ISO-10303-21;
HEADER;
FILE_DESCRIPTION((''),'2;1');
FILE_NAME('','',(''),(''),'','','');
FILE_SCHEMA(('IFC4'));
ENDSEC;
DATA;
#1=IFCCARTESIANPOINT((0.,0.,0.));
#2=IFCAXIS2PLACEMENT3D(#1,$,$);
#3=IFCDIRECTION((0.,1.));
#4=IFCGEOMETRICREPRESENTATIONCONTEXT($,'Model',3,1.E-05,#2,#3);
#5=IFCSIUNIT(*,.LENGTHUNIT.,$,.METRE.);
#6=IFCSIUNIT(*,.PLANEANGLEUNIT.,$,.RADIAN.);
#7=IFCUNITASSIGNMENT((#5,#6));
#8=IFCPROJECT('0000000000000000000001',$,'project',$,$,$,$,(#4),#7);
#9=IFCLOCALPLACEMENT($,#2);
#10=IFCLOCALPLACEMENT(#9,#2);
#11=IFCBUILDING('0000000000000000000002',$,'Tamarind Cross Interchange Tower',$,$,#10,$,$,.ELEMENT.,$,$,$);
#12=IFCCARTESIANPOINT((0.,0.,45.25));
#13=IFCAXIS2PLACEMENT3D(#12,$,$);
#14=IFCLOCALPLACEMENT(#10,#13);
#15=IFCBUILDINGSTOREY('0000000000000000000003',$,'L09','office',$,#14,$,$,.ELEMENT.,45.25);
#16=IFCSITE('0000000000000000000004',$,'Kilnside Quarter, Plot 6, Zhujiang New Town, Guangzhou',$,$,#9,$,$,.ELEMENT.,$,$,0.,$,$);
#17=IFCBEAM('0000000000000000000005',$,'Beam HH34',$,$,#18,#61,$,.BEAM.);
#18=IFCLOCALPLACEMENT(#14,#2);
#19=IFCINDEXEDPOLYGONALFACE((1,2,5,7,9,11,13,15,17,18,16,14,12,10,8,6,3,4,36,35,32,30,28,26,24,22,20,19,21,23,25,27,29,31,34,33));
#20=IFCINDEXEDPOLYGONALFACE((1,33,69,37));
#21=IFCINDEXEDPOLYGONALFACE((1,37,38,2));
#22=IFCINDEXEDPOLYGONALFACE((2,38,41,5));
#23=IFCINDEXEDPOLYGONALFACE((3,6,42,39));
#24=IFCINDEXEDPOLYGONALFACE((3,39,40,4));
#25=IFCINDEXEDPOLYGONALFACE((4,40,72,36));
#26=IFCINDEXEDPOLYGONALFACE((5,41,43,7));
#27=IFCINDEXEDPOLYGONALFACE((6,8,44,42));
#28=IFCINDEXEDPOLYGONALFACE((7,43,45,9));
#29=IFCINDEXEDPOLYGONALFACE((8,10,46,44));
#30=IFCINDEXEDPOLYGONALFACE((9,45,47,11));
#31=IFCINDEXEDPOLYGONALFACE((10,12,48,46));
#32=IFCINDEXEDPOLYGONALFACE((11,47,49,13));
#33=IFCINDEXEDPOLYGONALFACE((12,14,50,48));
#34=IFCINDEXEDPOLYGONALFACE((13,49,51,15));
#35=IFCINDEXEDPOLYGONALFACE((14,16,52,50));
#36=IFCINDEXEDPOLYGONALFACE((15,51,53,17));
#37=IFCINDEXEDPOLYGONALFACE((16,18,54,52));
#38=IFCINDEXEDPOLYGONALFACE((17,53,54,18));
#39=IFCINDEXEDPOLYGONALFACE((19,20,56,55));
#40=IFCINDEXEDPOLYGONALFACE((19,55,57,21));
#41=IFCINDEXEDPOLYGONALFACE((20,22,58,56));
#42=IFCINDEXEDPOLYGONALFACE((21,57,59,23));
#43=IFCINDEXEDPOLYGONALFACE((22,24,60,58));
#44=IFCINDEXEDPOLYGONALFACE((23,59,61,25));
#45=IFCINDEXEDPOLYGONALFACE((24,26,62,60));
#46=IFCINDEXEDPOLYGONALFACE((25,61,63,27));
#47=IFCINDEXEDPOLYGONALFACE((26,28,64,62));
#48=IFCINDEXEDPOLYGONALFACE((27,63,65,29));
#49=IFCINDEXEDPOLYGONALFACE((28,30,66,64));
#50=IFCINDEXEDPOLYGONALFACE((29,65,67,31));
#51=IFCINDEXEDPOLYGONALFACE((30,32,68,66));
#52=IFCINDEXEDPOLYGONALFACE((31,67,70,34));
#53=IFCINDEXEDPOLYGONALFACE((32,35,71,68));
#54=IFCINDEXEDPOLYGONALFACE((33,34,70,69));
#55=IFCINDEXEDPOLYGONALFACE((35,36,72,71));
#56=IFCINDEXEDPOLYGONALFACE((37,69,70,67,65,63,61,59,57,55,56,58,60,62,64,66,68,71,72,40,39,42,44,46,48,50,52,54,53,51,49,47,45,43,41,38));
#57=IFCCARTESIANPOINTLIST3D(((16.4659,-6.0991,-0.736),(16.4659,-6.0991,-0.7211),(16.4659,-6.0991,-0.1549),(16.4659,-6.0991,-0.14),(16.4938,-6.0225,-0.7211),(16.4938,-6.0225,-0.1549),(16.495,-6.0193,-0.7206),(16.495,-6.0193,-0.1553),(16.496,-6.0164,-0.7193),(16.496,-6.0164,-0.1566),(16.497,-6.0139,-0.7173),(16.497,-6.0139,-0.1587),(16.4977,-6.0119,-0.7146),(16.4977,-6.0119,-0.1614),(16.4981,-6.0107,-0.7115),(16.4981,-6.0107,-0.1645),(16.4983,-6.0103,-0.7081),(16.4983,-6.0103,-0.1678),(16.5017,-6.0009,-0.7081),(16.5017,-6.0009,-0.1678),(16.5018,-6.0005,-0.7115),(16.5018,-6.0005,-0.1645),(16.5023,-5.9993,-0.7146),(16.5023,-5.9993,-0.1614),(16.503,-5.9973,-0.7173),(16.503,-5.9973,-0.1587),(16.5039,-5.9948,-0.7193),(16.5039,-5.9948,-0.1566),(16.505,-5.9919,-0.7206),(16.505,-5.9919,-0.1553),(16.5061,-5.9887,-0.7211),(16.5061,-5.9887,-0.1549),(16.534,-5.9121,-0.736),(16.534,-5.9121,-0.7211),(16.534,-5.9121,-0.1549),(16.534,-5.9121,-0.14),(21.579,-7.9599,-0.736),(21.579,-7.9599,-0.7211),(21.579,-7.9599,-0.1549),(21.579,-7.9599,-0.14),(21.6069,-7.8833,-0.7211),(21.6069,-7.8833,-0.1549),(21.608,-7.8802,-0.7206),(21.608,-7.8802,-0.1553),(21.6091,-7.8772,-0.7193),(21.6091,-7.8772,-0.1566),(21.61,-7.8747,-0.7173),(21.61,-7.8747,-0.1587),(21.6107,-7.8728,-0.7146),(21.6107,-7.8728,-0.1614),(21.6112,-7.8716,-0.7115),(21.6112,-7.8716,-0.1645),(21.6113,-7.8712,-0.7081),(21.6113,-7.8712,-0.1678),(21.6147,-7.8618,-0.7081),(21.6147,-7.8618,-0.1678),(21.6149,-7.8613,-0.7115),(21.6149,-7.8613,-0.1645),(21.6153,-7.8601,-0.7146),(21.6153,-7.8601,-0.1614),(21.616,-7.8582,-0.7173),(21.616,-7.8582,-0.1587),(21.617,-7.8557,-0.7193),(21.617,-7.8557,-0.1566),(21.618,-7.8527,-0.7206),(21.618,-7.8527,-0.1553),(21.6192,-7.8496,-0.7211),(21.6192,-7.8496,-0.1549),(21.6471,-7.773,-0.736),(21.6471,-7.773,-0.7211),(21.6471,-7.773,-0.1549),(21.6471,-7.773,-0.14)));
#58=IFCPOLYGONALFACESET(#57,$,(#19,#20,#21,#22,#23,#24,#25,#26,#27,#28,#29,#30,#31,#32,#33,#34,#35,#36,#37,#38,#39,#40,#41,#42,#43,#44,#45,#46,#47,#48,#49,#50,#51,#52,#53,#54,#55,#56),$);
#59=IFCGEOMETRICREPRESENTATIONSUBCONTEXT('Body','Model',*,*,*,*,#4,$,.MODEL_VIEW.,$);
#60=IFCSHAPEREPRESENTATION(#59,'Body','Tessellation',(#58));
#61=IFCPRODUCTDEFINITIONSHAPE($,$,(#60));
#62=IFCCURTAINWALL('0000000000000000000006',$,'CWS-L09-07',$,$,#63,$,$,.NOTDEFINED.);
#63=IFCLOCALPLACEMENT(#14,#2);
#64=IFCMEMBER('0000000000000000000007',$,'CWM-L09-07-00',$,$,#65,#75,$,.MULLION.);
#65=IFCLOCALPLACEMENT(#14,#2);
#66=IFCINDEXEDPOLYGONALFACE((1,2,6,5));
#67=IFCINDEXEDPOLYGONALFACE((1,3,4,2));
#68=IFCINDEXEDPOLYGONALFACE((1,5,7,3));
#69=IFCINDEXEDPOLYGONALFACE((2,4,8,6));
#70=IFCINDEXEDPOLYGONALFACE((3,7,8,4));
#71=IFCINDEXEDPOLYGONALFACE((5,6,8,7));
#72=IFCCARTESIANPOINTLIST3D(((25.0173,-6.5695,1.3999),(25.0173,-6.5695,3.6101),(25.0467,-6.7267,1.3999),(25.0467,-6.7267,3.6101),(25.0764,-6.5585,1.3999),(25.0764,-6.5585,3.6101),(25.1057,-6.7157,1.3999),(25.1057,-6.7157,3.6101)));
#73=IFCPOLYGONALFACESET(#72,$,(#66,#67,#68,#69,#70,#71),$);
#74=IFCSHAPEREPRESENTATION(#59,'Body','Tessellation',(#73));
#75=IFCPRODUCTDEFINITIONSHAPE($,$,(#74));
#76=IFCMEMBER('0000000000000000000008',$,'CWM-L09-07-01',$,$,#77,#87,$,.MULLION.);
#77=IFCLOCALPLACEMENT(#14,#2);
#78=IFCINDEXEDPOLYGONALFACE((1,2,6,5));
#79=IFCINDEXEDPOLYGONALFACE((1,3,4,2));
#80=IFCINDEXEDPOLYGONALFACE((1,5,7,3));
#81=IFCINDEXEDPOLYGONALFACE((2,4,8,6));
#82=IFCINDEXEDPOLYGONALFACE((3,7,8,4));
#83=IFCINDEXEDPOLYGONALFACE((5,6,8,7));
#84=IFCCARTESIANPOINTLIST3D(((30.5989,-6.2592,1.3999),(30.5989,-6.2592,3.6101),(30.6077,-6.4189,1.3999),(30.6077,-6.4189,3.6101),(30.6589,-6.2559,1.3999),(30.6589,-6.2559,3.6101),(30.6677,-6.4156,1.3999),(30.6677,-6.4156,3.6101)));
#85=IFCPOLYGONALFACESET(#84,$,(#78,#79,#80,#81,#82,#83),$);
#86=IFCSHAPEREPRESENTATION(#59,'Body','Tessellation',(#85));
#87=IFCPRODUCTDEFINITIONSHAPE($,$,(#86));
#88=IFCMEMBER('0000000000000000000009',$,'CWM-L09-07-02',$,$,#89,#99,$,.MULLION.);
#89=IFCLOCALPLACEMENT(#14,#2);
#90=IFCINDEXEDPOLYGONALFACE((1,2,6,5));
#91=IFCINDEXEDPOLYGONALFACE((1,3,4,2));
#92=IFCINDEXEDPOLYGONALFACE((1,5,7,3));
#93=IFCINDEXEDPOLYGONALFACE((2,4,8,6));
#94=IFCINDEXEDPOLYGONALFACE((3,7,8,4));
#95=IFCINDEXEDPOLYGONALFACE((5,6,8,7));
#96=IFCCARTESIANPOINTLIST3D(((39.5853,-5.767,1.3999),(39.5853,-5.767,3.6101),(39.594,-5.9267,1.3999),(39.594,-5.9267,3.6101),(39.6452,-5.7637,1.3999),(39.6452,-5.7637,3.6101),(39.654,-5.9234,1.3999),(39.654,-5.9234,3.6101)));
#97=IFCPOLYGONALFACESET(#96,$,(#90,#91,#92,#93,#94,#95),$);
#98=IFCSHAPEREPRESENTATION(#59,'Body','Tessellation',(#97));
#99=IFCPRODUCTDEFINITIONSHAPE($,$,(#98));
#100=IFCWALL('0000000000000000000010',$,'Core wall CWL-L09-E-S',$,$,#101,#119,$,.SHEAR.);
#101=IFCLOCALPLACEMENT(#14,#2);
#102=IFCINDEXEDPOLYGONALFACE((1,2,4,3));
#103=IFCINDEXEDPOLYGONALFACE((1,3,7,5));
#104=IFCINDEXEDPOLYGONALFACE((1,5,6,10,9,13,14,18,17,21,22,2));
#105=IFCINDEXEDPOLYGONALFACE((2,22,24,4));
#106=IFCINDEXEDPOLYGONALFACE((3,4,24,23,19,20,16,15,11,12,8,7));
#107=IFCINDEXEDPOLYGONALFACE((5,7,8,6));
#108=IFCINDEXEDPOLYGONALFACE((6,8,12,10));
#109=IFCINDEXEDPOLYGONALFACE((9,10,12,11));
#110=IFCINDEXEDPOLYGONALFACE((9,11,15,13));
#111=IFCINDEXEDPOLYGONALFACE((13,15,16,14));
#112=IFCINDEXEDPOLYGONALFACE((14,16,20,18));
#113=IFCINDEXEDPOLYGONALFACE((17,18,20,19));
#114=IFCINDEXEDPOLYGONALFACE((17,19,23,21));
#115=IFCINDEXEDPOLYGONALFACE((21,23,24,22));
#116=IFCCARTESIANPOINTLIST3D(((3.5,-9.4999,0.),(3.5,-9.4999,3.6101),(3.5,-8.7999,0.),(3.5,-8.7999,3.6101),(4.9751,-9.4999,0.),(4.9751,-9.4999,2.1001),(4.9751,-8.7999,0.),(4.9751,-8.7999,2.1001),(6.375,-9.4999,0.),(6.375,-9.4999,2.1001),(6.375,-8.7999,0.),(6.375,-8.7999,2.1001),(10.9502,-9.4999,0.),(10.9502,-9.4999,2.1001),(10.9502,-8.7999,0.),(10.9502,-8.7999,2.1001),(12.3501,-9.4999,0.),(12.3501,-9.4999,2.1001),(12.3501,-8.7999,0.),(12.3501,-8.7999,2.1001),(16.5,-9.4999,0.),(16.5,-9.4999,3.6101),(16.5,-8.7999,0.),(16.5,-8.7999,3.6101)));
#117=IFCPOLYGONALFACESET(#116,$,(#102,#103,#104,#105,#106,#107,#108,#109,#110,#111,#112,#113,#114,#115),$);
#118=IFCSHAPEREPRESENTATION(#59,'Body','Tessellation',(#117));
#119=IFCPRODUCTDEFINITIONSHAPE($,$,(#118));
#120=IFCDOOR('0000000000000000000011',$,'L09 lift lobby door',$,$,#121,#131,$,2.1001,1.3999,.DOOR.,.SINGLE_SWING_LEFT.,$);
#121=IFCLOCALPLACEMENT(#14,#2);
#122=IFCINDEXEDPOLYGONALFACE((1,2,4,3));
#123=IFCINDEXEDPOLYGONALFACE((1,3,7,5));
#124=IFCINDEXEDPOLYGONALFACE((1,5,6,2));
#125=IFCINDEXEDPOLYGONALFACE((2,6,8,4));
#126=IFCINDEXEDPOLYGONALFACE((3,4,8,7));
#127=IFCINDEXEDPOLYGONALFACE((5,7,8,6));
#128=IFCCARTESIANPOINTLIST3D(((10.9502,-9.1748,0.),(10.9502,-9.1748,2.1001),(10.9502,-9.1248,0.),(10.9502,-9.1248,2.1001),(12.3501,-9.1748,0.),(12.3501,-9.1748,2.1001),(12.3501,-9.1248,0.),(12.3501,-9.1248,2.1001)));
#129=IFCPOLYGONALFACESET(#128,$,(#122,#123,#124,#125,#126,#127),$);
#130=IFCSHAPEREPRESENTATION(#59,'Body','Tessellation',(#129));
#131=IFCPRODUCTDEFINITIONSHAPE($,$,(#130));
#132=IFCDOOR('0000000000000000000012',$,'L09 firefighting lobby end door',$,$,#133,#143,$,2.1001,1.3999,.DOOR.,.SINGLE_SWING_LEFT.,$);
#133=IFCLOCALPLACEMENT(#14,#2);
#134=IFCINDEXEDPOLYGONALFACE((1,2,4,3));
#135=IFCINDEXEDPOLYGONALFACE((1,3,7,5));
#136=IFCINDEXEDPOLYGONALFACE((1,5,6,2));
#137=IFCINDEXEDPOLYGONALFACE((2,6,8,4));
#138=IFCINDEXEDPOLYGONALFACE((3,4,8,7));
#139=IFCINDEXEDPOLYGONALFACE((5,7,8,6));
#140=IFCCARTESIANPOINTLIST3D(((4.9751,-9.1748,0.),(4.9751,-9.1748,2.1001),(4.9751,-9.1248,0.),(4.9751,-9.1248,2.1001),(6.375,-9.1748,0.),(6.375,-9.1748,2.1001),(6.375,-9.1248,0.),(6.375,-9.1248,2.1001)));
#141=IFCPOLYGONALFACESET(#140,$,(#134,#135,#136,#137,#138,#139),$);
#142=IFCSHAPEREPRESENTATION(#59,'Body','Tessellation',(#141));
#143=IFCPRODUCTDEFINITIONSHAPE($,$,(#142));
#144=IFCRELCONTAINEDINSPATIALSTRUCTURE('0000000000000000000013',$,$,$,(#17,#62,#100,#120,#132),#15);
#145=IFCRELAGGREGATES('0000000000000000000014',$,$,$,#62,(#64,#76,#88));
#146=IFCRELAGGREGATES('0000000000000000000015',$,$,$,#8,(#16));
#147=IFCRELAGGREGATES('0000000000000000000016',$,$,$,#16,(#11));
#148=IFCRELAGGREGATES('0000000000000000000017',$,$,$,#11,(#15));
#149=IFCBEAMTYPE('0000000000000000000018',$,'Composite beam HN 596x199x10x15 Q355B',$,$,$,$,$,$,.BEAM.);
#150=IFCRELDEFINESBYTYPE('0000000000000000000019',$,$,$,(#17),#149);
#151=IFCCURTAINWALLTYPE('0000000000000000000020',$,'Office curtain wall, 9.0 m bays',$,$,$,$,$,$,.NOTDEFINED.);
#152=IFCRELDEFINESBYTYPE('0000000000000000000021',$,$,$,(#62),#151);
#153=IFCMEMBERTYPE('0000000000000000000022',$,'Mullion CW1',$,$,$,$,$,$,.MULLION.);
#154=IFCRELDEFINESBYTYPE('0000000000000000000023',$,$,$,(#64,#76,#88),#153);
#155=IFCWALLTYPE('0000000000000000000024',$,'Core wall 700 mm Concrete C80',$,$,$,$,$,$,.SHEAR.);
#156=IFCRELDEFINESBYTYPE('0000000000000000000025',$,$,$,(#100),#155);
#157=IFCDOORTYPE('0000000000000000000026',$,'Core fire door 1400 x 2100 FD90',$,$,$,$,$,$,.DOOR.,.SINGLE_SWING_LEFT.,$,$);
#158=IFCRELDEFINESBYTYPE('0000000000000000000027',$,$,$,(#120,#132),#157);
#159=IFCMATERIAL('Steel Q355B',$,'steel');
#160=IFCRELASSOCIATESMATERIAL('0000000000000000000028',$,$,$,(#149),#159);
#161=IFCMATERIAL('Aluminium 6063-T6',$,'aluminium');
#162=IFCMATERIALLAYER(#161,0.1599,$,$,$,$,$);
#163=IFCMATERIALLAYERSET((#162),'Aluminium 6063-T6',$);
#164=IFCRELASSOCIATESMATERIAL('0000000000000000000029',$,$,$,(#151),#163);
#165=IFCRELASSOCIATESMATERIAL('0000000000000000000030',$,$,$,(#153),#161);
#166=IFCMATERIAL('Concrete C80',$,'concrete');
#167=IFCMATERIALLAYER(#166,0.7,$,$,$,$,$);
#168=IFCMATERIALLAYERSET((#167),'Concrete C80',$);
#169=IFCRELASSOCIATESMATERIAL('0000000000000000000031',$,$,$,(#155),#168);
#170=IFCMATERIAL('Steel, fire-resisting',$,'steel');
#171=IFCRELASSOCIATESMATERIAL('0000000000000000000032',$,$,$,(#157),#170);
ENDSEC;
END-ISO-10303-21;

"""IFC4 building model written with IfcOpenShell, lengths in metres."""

from ifc_helpers import new_model, si_unit, direction, frame, frame_2d, origin, origin_2d, place, context, subcontext, project, spatial, rectangle, i_section, extrude, material, layer, layer_set, material_profile, profile_set, type_object, element, fill, aggregate, save


model = new_model("IFC4")

# Units and contexts
model_context = context("Model", 3, precision=1e-05, world=origin(), true_north=direction((0.0, 1.0)))
body_context = subcontext(model_context, "Body", "Model", "MODEL_VIEW")
ifc_project = project(units=[si_unit("LENGTHUNIT", "METRE"), si_unit("PLANEANGLEUNIT", "RADIAN")], contexts=[model_context])

# Site, building, storey
site_placement = place(None, origin())
site = spatial("IfcSite", under=ifc_project, at=site_placement, Name="Kilnside Quarter, Plot 6, Zhujiang New Town, Guangzhou", CompositionType="ELEMENT", RefElevation=0.0)
building_placement = place(site_placement, origin())
building = spatial("IfcBuilding", under=site, at=building_placement, Name="Tamarind Cross Interchange Tower", CompositionType="ELEMENT")
storey_placement = place(building_placement, frame((0.0, 0.0, 45.25)))
storey = spatial("IfcBuildingStorey", under=building, at=storey_placement, Name="L09", Description="office", CompositionType="ELEMENT", Elevation=45.25)

# Beam
ifc_material_1 = material(Name="Steel Q355B", Category="steel")
ifc_material_profile_1 = material_profile(ifc_material_1, i_section(OverallWidth=0.199, OverallDepth=0.5959, WebThickness=0.01, FlangeThickness=0.0149, FilletRadius=0.0129, at=origin_2d()), Name="HN 596x199x10x15")
ifc_profile_set_1 = profile_set([ifc_material_profile_1], Name="Steel Q355B")
beam_type = type_object("IfcBeamType", Name="Composite beam HN 596x199x10x15 Q355B", PredefinedType="BEAM", material=ifc_profile_set_1)
beam_1_placement = place(storey_placement, frame((21.613, -7.8665, -0.438), z_axis=(-0.939702, 0.341995, 0.0), x_axis=(-0.341995, -0.939702, 0.0)))
element("IfcBeam", 1, at=beam_1_placement, inside=storey, type_object=beam_type, Name="Beam HH34", PredefinedType="BEAM", context=body_context, shape_type="SweptSolid", body=[
    extrude(i_section(OverallWidth=0.199, OverallDepth=0.5959, WebThickness=0.01, FlangeThickness=0.0149, FilletRadius=0.0129, at=origin_2d()), origin(), (0.0, 0.0, 1.0), 5.4412),
])

# Curtain wall, members
ifc_material_2 = material(Name="Aluminium 6063-T6", Category="aluminium")
ifc_layer_1 = layer(ifc_material_2, 0.1599)
ifc_layer_set_1 = layer_set([ifc_layer_1], Name="Aluminium 6063-T6")
curtain_wall_type = type_object("IfcCurtainWallType", Name="Office curtain wall, 9.0 m bays", PredefinedType="NOTDEFINED", material=ifc_layer_set_1)
curtain_wall_placement = place(storey_placement, origin())
curtain_wall = element("IfcCurtainWall", 2, at=curtain_wall_placement, inside=storey, type_object=curtain_wall_type, Name="CWS-L09-07", PredefinedType="NOTDEFINED")
ifc_material_profile_2 = material_profile(ifc_material_2, rectangle(XDim=0.0601, YDim=0.1599, at=origin_2d()), Name="Mullion CW1")
ifc_profile_set_2 = profile_set([ifc_material_profile_2], Name="Aluminium 6063-T6")
member_type = type_object("IfcMemberType", Name="Mullion CW1", PredefinedType="MULLION", material=ifc_profile_set_2)
member_1_placement = place(storey_placement, frame((25.0615, -6.6426, 1.3999), z_axis=(0.0, 0.0, 1.0), x_axis=(0.983007, 0.183566, 0.0)))
member_1 = element("IfcMember", 3, at=member_1_placement, type_object=member_type, Name="CWM-L09-07-00", PredefinedType="MULLION", context=body_context, shape_type="SweptSolid", body=[
    extrude(rectangle(XDim=0.0601, YDim=0.1599, at=origin_2d()), origin(), (0.0, 0.0, 1.0), 2.2102),
])
member_2_placement = place(storey_placement, frame((30.6333, -6.3374, 1.3999), z_axis=(0.0, 0.0, 1.0), x_axis=(0.998504, 0.054678, 0.0)))
member_2 = element("IfcMember", 4, at=member_2_placement, type_object=member_type, Name="CWM-L09-07-01", PredefinedType="MULLION", context=body_context, shape_type="SweptSolid", body=[
    extrude(rectangle(XDim=0.0601, YDim=0.1599, at=origin_2d()), origin(), (0.0, 0.0, 1.0), 2.2102),
])
member_3_placement = place(storey_placement, frame((39.6196, -5.8452, 1.3999), z_axis=(0.0, 0.0, 1.0), x_axis=(0.998504, 0.054678, 0.0)))
member_3 = element("IfcMember", 5, at=member_3_placement, type_object=member_type, Name="CWM-L09-07-02", PredefinedType="MULLION", context=body_context, shape_type="SweptSolid", body=[
    extrude(rectangle(XDim=0.0601, YDim=0.1599, at=origin_2d()), origin(), (0.0, 0.0, 1.0), 2.2102),
])
aggregate(curtain_wall, [member_1, member_2, member_3])

# Wall, openings, doors
ifc_material_3 = material(Name="Concrete C80", Category="concrete")
ifc_layer_2 = layer(ifc_material_3, 0.7)
ifc_layer_set_2 = layer_set([ifc_layer_2], Name="Concrete C80")
wall_type_1 = type_object("IfcWallType", Name="Core wall 700 mm Concrete C80", PredefinedType="SHEAR", material=ifc_layer_set_2)
wall_1_placement = place(storey_placement, frame((16.5, -9.1499, 0.0), z_axis=(0.0, 0.0, 1.0), x_axis=(-1.0, 0.0, 0.0)))
wall_1 = element("IfcWall", 6, at=wall_1_placement, inside=storey, type_object=wall_type_1, Name="Core wall CWL-L09-E-S", PredefinedType="SHEAR", context=body_context, shape_type="SweptSolid", body=[
    extrude(rectangle(XDim=13.0, YDim=0.7, at=frame_2d((6.5, 0.0))), origin(), (0.0, 0.0, 1.0), 3.6101),
])
opening_1_placement = place(wall_1_placement, frame((4.1499, 0.0, 0.0)))
opening_1 = element("IfcOpeningElement", 7, at=opening_1_placement, cuts=wall_1, PredefinedType="OPENING", context=body_context, shape_type="SweptSolid", body=[
    extrude(rectangle(XDim=1.3999, YDim=2.1001, at=frame_2d((0.7, 1.05))), frame((0.0, 0.3599, 0.0), z_axis=(0.0, -1.0, 0.0), x_axis=(1.0, 0.0, 0.0)), (0.0, 0.0, 1.0), 0.72),
])
opening_2_placement = place(wall_1_placement, frame((10.125, 0.0, 0.0)))
opening_2 = element("IfcOpeningElement", 8, at=opening_2_placement, cuts=wall_1, PredefinedType="OPENING", context=body_context, shape_type="SweptSolid", body=[
    extrude(rectangle(XDim=1.3999, YDim=2.1001, at=frame_2d((0.7, 1.05))), frame((0.0, 0.3599, 0.0), z_axis=(0.0, -1.0, 0.0), x_axis=(1.0, 0.0, 0.0)), (0.0, 0.0, 1.0), 0.72),
])
ifc_material_4 = material(Name="Steel, fire-resisting", Category="steel")
door_type_1 = type_object("IfcDoorType", Name="Core fire door 1400 x 2100 FD90", OperationType="SINGLE_SWING_LEFT", PredefinedType="DOOR", material=ifc_material_4)
door_1_placement = place(opening_1_placement, origin())
door_1 = element("IfcDoor", 9, at=door_1_placement, inside=storey, type_object=door_type_1, Name="L09 lift lobby door", OperationType="SINGLE_SWING_LEFT", OverallHeight=2.1001, OverallWidth=1.3999, PredefinedType="DOOR", context=body_context, shape_type="SweptSolid", body=[
    extrude(rectangle(XDim=1.3999, YDim=2.1001, at=frame_2d((0.7, 1.05))), frame((0.0, 0.0249, 0.0), z_axis=(0.0, -1.0, 0.0), x_axis=(1.0, 0.0, 0.0)), (0.0, 0.0, 1.0), 0.05),
])
fill(opening_1, door_1)
door_2_placement = place(opening_2_placement, origin())
door_2 = element("IfcDoor", 10, at=door_2_placement, inside=storey, type_object=door_type_1, Name="L09 firefighting lobby end door", OperationType="SINGLE_SWING_LEFT", OverallHeight=2.1001, OverallWidth=1.3999, PredefinedType="DOOR", context=body_context, shape_type="SweptSolid", body=[
    extrude(rectangle(XDim=1.3999, YDim=2.1001, at=frame_2d((0.7, 1.05))), frame((0.0, 0.0249, 0.0), z_axis=(0.0, -1.0, 0.0), x_axis=(1.0, 0.0, 0.0)), (0.0, 0.0, 1.0), 0.05),
])
fill(opening_2, door_2)

save(model, "model.ifc")
